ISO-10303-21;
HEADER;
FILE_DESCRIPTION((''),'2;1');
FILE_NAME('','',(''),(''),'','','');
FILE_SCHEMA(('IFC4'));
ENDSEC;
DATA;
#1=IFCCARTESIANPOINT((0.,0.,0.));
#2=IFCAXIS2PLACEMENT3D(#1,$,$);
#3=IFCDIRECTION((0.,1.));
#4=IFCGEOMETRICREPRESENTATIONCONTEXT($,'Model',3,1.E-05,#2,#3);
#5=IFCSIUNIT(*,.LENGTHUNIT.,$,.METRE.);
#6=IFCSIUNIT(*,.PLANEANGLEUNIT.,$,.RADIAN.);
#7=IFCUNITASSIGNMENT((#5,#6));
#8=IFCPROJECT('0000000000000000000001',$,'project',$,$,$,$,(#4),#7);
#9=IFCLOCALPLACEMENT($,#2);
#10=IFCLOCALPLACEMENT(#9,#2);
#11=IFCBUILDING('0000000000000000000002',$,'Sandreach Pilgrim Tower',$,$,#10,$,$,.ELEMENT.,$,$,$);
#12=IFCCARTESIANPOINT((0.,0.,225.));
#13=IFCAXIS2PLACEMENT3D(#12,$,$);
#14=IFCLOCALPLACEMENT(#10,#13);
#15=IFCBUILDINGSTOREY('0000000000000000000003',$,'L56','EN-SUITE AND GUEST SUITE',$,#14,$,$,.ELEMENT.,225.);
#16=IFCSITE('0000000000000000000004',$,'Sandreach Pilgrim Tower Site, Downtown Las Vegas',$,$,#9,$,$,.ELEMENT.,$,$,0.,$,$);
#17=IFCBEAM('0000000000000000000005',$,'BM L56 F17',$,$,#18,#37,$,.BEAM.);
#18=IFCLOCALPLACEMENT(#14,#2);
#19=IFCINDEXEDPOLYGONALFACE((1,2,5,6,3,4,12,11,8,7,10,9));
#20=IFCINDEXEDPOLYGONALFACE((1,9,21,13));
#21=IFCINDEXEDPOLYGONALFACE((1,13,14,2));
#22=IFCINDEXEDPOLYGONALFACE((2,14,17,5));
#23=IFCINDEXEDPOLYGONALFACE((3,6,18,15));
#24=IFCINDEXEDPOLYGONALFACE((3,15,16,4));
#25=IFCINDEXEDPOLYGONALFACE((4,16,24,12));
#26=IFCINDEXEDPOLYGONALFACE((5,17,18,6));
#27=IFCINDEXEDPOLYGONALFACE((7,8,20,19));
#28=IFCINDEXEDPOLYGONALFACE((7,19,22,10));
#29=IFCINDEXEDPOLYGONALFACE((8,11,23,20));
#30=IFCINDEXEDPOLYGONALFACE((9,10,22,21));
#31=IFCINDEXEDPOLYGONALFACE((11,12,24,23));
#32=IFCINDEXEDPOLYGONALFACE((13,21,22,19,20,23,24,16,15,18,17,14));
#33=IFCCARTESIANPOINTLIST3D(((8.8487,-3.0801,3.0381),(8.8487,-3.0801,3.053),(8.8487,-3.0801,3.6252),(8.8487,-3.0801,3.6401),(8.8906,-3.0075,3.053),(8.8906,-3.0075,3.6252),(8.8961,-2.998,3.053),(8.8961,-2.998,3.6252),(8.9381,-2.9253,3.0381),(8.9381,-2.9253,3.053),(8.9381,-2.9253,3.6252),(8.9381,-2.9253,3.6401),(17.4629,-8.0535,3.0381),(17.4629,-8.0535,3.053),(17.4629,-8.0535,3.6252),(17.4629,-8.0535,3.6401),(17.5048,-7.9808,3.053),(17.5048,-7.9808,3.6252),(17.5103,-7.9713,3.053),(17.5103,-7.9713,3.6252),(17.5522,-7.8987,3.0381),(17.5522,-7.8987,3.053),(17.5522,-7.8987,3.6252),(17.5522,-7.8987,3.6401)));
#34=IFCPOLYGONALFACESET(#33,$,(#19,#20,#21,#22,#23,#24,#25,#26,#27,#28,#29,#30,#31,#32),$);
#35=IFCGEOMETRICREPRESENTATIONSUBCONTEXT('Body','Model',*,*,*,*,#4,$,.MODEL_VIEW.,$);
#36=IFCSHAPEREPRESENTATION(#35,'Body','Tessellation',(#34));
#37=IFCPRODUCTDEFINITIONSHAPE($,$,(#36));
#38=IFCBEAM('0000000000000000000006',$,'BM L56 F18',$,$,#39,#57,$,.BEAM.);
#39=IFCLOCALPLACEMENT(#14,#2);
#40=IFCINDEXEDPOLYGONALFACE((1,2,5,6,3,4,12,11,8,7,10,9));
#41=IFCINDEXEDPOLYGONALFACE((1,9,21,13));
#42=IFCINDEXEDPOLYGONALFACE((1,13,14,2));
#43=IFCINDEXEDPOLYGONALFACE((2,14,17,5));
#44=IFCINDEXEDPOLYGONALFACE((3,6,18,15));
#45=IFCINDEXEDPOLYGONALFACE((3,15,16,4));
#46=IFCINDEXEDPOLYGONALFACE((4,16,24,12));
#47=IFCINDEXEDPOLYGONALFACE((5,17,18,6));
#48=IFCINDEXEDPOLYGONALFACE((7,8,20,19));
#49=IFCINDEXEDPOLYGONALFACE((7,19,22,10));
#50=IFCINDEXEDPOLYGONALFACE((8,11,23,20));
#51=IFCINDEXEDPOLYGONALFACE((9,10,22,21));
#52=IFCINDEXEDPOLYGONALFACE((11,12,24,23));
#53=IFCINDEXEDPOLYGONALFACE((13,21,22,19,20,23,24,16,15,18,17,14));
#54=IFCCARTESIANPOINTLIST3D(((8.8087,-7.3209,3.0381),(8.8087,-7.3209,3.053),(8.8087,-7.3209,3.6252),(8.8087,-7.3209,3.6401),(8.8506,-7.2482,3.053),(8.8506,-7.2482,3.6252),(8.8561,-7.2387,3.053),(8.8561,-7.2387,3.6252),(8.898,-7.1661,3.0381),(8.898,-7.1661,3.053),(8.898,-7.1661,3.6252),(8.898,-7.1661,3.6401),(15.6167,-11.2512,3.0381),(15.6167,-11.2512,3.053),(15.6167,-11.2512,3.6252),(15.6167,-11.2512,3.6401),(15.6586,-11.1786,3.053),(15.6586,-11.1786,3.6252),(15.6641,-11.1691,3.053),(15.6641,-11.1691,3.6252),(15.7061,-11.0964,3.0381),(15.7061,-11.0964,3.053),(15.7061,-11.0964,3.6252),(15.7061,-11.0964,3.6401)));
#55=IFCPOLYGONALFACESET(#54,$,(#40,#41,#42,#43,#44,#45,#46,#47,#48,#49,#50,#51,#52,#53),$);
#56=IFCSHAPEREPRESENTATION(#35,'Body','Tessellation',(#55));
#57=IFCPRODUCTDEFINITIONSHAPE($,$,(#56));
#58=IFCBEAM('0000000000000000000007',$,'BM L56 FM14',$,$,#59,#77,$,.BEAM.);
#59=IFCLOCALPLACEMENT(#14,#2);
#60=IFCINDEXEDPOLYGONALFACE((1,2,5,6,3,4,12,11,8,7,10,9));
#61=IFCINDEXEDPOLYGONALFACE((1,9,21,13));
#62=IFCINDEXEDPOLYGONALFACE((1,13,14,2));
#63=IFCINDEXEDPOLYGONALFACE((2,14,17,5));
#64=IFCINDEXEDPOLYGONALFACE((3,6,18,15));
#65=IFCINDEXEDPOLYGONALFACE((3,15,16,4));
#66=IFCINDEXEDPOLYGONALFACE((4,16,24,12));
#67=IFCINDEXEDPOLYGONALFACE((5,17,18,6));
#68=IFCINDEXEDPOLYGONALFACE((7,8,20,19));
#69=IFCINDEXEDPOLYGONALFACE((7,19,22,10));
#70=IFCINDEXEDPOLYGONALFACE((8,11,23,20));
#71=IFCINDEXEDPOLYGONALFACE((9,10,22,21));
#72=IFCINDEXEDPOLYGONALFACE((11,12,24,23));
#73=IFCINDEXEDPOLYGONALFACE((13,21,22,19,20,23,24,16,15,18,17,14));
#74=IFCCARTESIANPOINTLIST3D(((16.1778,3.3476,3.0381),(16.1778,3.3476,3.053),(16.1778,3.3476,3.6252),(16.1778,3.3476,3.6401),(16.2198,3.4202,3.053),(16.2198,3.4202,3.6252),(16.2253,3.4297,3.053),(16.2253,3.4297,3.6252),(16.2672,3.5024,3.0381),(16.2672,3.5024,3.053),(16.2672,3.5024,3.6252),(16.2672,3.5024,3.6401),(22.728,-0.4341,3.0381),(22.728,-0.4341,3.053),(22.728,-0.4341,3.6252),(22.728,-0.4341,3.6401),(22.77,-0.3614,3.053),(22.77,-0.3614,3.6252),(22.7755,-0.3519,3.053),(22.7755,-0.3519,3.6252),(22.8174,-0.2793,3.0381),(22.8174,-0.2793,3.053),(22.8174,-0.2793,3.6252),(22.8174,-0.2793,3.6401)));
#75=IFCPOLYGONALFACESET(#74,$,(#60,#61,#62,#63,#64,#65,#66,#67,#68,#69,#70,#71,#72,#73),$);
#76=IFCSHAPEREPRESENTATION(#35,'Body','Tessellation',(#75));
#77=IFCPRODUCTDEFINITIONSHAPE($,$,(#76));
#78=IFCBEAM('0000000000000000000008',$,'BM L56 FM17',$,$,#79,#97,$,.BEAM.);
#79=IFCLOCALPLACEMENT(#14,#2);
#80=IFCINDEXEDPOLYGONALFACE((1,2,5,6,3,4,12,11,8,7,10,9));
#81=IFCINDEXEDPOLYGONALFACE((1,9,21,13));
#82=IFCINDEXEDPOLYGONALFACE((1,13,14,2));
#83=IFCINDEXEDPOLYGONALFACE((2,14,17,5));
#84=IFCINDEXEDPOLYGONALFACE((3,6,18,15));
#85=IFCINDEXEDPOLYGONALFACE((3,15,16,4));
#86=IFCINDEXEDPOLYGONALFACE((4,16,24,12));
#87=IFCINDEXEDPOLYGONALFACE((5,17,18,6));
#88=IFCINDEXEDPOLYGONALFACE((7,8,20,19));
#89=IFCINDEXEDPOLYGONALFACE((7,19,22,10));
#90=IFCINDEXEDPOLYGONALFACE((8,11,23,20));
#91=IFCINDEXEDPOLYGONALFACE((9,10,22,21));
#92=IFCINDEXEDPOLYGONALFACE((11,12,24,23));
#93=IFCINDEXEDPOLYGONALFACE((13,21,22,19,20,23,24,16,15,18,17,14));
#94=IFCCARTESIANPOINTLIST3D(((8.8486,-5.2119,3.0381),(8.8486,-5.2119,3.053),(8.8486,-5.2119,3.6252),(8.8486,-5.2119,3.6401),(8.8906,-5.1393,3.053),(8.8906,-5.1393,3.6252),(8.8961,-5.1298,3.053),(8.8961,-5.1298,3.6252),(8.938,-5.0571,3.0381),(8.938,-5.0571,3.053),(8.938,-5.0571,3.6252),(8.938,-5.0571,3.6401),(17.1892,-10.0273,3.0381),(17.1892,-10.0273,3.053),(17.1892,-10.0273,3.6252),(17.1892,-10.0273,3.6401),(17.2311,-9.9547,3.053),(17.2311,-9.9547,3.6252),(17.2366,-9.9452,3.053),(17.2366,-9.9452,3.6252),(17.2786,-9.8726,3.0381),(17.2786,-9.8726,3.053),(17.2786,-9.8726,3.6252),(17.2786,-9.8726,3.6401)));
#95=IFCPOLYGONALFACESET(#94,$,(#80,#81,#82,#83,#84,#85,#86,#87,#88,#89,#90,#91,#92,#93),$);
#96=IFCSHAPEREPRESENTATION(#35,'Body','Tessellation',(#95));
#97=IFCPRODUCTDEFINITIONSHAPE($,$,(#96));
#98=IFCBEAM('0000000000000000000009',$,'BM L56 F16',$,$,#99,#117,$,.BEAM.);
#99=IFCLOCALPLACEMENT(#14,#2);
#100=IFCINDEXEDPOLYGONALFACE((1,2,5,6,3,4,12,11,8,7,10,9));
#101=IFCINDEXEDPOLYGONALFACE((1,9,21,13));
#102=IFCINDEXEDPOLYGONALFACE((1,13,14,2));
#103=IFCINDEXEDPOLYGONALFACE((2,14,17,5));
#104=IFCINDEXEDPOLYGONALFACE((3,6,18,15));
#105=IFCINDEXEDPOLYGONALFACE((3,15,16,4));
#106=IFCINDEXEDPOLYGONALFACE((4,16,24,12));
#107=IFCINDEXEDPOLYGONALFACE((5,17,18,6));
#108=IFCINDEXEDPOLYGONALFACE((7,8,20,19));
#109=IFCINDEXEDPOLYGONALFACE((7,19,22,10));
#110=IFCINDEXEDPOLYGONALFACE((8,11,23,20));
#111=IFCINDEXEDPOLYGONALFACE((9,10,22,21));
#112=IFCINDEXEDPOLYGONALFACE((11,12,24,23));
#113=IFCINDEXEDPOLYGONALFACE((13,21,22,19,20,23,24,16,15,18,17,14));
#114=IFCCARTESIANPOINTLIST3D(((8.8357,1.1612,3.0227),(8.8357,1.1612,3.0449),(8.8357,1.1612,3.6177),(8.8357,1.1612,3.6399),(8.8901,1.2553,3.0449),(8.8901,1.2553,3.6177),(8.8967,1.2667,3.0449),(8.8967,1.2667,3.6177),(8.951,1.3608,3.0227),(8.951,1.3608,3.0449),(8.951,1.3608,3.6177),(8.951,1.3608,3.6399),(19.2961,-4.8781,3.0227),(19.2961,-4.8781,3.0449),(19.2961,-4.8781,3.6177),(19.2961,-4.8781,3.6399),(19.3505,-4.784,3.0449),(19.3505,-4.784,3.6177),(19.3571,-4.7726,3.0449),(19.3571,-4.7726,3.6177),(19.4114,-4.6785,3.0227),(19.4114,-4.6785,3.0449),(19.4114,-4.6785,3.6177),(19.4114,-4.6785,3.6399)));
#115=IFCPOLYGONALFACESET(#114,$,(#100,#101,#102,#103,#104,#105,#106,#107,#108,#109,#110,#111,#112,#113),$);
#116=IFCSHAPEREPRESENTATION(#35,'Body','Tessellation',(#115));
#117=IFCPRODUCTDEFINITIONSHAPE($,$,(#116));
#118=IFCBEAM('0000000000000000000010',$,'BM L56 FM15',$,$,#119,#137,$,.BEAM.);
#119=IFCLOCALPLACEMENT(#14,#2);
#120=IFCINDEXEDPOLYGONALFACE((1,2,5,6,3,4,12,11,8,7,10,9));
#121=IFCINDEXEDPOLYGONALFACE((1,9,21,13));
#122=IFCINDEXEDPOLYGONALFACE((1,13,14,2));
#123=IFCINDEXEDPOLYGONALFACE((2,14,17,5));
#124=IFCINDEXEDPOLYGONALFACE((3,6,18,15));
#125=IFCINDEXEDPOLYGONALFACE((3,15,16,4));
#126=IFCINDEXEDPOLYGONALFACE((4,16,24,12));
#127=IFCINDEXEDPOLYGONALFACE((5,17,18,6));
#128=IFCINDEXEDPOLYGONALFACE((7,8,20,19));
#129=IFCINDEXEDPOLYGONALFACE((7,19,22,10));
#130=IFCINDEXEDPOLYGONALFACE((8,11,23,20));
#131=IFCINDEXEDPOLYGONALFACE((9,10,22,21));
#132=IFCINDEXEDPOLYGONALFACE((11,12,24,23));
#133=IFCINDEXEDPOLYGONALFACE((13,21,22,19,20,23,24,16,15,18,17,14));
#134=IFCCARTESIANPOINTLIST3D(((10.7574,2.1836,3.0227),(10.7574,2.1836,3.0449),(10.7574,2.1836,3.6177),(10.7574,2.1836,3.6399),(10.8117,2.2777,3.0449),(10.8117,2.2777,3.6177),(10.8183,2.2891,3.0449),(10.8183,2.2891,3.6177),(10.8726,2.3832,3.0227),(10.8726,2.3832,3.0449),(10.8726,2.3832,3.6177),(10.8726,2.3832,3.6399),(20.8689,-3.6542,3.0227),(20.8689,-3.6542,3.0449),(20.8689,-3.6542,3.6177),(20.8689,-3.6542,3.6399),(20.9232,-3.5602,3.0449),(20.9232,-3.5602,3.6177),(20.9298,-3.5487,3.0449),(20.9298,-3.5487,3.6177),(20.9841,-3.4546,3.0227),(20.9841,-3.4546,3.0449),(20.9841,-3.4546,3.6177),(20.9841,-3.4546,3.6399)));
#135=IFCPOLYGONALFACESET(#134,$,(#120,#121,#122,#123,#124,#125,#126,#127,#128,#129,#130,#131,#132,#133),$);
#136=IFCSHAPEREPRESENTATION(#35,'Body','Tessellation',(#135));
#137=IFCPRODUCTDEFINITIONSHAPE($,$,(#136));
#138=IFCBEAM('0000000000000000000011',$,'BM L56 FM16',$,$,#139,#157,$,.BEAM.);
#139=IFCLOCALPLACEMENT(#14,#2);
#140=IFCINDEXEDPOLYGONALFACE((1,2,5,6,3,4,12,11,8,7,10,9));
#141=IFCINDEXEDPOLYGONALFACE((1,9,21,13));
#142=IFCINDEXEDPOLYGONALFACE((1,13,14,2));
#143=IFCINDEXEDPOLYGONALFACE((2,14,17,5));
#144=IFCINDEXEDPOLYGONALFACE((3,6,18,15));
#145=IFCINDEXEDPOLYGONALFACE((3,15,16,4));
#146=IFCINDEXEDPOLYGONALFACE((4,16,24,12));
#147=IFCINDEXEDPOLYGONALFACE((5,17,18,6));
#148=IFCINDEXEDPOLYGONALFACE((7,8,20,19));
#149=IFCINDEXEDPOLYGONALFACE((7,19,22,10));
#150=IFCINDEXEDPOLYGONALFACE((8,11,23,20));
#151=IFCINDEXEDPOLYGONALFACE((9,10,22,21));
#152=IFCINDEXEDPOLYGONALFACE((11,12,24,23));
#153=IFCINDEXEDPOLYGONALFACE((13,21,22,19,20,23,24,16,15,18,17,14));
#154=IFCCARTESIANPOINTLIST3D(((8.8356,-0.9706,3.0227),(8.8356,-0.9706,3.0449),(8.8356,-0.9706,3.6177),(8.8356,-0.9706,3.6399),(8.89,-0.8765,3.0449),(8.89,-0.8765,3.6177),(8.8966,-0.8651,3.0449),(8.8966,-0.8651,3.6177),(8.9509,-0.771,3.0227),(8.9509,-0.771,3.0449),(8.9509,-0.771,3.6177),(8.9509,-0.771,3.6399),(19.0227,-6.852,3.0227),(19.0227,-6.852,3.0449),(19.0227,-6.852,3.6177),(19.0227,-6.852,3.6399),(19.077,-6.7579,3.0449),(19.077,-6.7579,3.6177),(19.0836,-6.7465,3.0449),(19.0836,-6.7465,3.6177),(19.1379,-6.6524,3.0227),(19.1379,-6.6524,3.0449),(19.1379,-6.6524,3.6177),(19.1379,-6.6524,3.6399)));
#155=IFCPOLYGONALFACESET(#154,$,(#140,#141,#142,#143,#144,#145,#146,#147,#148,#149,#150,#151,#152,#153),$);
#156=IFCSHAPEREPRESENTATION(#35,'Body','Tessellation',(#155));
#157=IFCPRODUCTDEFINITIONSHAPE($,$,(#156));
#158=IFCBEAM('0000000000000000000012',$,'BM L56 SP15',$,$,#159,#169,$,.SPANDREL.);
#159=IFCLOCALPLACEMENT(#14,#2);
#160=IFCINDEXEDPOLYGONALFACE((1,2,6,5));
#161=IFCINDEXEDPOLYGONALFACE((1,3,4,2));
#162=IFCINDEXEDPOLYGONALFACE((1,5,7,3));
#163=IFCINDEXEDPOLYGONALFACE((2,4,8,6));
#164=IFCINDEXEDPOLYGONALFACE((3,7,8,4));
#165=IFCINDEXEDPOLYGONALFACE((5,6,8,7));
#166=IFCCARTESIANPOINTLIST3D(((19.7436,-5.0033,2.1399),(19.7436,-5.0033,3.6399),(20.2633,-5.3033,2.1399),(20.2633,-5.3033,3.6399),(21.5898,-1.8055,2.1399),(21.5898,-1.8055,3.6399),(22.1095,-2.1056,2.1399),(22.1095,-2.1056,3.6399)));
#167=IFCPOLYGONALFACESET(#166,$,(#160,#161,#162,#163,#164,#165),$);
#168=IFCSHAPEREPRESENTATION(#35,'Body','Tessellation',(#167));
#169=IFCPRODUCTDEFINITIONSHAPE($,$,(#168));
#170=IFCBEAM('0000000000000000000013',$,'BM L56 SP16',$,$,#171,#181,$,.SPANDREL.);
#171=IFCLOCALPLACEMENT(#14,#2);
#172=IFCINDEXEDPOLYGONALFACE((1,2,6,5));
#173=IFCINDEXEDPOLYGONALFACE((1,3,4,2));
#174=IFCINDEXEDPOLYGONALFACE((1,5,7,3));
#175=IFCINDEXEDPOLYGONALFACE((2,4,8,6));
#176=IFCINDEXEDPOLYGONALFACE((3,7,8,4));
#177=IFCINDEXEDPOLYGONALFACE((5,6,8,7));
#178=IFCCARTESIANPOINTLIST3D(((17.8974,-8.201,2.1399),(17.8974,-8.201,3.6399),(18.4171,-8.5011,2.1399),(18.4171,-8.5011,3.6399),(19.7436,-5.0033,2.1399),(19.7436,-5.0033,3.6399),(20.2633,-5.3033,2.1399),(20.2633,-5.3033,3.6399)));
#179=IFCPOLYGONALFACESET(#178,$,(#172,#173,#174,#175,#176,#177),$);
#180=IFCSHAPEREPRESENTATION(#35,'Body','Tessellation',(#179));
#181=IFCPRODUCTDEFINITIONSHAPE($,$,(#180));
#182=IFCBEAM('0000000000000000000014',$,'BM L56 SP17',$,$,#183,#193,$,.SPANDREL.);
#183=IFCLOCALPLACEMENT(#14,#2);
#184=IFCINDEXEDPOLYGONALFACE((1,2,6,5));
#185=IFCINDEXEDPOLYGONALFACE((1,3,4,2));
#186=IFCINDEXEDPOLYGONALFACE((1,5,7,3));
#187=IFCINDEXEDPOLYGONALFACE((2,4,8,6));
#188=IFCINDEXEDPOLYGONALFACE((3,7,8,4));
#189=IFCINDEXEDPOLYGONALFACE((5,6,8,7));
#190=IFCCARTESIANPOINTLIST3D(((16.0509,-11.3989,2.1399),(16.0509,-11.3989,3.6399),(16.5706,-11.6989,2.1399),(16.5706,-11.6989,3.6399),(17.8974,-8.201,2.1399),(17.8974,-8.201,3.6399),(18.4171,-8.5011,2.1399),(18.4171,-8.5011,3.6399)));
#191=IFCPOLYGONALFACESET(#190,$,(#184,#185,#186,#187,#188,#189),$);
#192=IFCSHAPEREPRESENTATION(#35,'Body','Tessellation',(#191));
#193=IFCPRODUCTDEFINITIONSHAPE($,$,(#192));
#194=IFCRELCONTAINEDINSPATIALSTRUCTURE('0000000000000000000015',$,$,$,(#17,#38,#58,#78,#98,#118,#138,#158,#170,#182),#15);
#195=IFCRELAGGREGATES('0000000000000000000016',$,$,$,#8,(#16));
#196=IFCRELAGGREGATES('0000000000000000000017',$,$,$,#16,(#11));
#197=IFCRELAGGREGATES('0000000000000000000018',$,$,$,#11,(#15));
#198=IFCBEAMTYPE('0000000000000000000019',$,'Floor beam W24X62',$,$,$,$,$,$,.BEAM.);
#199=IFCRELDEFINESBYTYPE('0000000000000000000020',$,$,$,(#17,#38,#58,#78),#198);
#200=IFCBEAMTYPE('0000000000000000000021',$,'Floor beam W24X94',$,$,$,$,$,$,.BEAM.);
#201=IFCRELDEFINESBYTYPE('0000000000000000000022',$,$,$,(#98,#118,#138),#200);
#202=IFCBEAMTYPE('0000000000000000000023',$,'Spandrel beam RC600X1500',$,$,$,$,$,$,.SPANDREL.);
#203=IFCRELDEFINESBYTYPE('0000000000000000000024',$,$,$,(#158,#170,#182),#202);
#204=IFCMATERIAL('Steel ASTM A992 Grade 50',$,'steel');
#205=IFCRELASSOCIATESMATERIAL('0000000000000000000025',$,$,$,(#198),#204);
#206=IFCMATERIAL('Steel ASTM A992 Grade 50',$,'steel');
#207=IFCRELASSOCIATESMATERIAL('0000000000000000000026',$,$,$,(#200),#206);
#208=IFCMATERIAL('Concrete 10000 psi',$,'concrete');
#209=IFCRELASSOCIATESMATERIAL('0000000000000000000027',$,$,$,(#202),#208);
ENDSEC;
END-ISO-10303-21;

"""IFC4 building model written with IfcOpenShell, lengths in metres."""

from ifc_helpers import new_model, si_unit, direction, frame, origin, origin_2d, place, context, subcontext, project, spatial, rectangle, i_section, extrude, material, material_profile, profile_set, type_object, element, save


model = new_model("IFC4")

# Units and contexts
model_context = context("Model", 3, precision=1e-05, world=origin(), true_north=direction((0.0, 1.0)))
body_context = subcontext(model_context, "Body", "Model", "MODEL_VIEW")
ifc_project = project(units=[si_unit("LENGTHUNIT", "METRE"), si_unit("PLANEANGLEUNIT", "RADIAN")], contexts=[model_context])

# Site, building, storey
site_placement = place(None, origin())
site = spatial("IfcSite", under=ifc_project, at=site_placement, Name="Sandreach Pilgrim Tower Site, Downtown Las Vegas", CompositionType="ELEMENT", RefElevation=0.0)
building_placement = place(site_placement, origin())
building = spatial("IfcBuilding", under=site, at=building_placement, Name="Sandreach Pilgrim Tower", CompositionType="ELEMENT")
storey_placement = place(building_placement, frame((0.0, 0.0, 225.0)))
storey = spatial("IfcBuildingStorey", under=building, at=storey_placement, Name="L56", Description="EN-SUITE AND GUEST SUITE", CompositionType="ELEMENT", Elevation=225.0)

# Beams
ifc_material_1 = material(Name="Steel ASTM A992 Grade 50", Category="steel")
ifc_material_profile_1 = material_profile(ifc_material_1, i_section(OverallWidth=0.1787, OverallDepth=0.6021, WebThickness=0.011, FlangeThickness=0.0149, at=origin_2d()), Name="W24X62")
ifc_profile_set_1 = profile_set([ifc_material_profile_1], Name="Steel ASTM A992 Grade 50")
beam_type_1 = type_object("IfcBeamType", Name="Floor beam W24X62", PredefinedType="BEAM", material=ifc_profile_set_1)
beam_1_placement = place(storey_placement, frame((17.5076, -7.9761, 3.3391), z_axis=(-0.866028, 0.499996, 0.0), x_axis=(-0.499996, -0.866028, 0.0)))
element("IfcBeam", 1, at=beam_1_placement, inside=storey, type_object=beam_type_1, Name="BM L56 F17", PredefinedType="BEAM", context=body_context, shape_type="SweptSolid", body=[
    extrude(i_section(OverallWidth=0.1787, OverallDepth=0.6021, WebThickness=0.011, FlangeThickness=0.0149, at=origin_2d()), origin(), (0.0, 0.0, 1.0), 9.9468),
])
beam_2_placement = place(storey_placement, frame((15.6614, -11.1738, 3.3391), z_axis=(-0.866039, 0.499977, 0.0), x_axis=(-0.499977, -0.866039, 0.0)))
element("IfcBeam", 2, at=beam_2_placement, inside=storey, type_object=beam_type_1, Name="BM L56 F18", PredefinedType="BEAM", context=body_context, shape_type="SweptSolid", body=[
    extrude(i_section(OverallWidth=0.1787, OverallDepth=0.6021, WebThickness=0.011, FlangeThickness=0.0149, at=origin_2d()), origin(), (0.0, 0.0, 1.0), 7.8611),
])
beam_3_placement = place(storey_placement, frame((22.7727, -0.3567, 3.3391), z_axis=(-0.86603, 0.499993, 0.0), x_axis=(-0.499993, -0.86603, 0.0)))
element("IfcBeam", 3, at=beam_3_placement, inside=storey, type_object=beam_type_1, Name="BM L56 FM14", PredefinedType="BEAM", context=body_context, shape_type="SweptSolid", body=[
    extrude(i_section(OverallWidth=0.1787, OverallDepth=0.6021, WebThickness=0.011, FlangeThickness=0.0149, at=origin_2d()), origin(), (0.0, 0.0, 1.0), 7.5635),
])
beam_4_placement = place(storey_placement, frame((17.2339, -9.95, 3.3391), z_axis=(-0.866026, 0.5, 0.0), x_axis=(-0.5, -0.866026, 0.0)))
element("IfcBeam", 4, at=beam_4_placement, inside=storey, type_object=beam_type_1, Name="BM L56 FM17", PredefinedType="BEAM", context=body_context, shape_type="SweptSolid", body=[
    extrude(i_section(OverallWidth=0.1787, OverallDepth=0.6021, WebThickness=0.011, FlangeThickness=0.0149, at=origin_2d()), origin(), (0.0, 0.0, 1.0), 9.6309),
])
ifc_material_2 = material(Name="Steel ASTM A992 Grade 50", Category="steel")
ifc_material_profile_2 = material_profile(ifc_material_2, i_section(OverallWidth=0.2305, OverallDepth=0.6172, WebThickness=0.0132, FlangeThickness=0.0222, at=origin_2d()), Name="W24X94")
ifc_profile_set_2 = profile_set([ifc_material_profile_2], Name="Steel ASTM A992 Grade 50")
beam_type_2 = type_object("IfcBeamType", Name="Floor beam W24X94", PredefinedType="BEAM", material=ifc_profile_set_2)
beam_5_placement = place(storey_placement, frame((19.3538, -4.7783, 3.3313), z_axis=(-0.866027, 0.499998, 0.0), x_axis=(-0.499998, -0.866027, 0.0)))
element("IfcBeam", 5, at=beam_5_placement, inside=storey, type_object=beam_type_2, Name="BM L56 F16", PredefinedType="BEAM", context=body_context, shape_type="SweptSolid", body=[
    extrude(i_section(OverallWidth=0.2305, OverallDepth=0.6172, WebThickness=0.0132, FlangeThickness=0.0222, at=origin_2d()), origin(), (0.0, 0.0, 1.0), 12.0786),
])
beam_6_placement = place(storey_placement, frame((20.9265, -3.5544, 3.3313), z_axis=(-0.866026, 0.499998, 0.0), x_axis=(-0.499998, -0.866026, 0.0)))
element("IfcBeam", 6, at=beam_6_placement, inside=storey, type_object=beam_type_2, Name="BM L56 FM15", PredefinedType="BEAM", context=body_context, shape_type="SweptSolid", body=[
    extrude(i_section(OverallWidth=0.2305, OverallDepth=0.6172, WebThickness=0.0132, FlangeThickness=0.0222, at=origin_2d()), origin(), (0.0, 0.0, 1.0), 11.6758),
])
beam_7_placement = place(storey_placement, frame((19.0803, -6.7522, 3.3313), z_axis=(-0.86603, 0.499992, 0.0), x_axis=(-0.499992, -0.86603, 0.0)))
element("IfcBeam", 7, at=beam_7_placement, inside=storey, type_object=beam_type_2, Name="BM L56 FM16", PredefinedType="BEAM", context=body_context, shape_type="SweptSolid", body=[
    extrude(i_section(OverallWidth=0.2305, OverallDepth=0.6172, WebThickness=0.0132, FlangeThickness=0.0222, at=origin_2d()), origin(), (0.0, 0.0, 1.0), 11.7629),
])
ifc_material_3 = material(Name="Concrete 10000 psi", Category="concrete")
ifc_material_profile_3 = material_profile(ifc_material_3, rectangle(XDim=0.6001, YDim=1.5, at=origin_2d()), Name="RC600X1500")
ifc_profile_set_3 = profile_set([ifc_material_profile_3], Name="Concrete 10000 psi")
beam_type_3 = type_object("IfcBeamType", Name="Spandrel beam RC600X1500", PredefinedType="SPANDREL", material=ifc_profile_set_3)
for number, where, z_axis, x_axis, name in (
    (8, (21.8496, -1.9556, 2.8899), (-0.499993, -0.866029, 0.0), (0.866029, -0.499993, 0.0), "BM L56 SP15"),
    (9, (20.0034, -5.1533, 2.8899), (-0.499993, -0.866029, 0.0), (0.866029, -0.499993, 0.0), "BM L56 SP16"),
):
    element("IfcBeam", number, at=place(storey_placement, frame(where, z_axis=z_axis, x_axis=x_axis)), inside=storey, type_object=beam_type_3, Name=name, PredefinedType="SPANDREL", context=body_context, shape_type="SweptSolid", body=[
        extrude(rectangle(XDim=0.6001, YDim=1.5, at=origin_2d()), origin(), (0.0, 0.0, 1.0), 3.6924),
    ])
for number, where, z_axis, x_axis, name in (
    (10, (18.1572, -8.3511, 2.8899), (-0.500043, -0.866001, 0.0), (0.866001, -0.500043, 0.0), "BM L56 SP17"),
):
    element("IfcBeam", number, at=place(storey_placement, frame(where, z_axis=z_axis, x_axis=x_axis)), inside=storey, type_object=beam_type_3, Name=name, PredefinedType="SPANDREL", context=body_context, shape_type="SweptSolid", body=[
        extrude(rectangle(XDim=0.6001, YDim=1.5, at=origin_2d()), origin(), (0.0, 0.0, 1.0), 3.6926),
    ])

save(model, "model.ifc")
